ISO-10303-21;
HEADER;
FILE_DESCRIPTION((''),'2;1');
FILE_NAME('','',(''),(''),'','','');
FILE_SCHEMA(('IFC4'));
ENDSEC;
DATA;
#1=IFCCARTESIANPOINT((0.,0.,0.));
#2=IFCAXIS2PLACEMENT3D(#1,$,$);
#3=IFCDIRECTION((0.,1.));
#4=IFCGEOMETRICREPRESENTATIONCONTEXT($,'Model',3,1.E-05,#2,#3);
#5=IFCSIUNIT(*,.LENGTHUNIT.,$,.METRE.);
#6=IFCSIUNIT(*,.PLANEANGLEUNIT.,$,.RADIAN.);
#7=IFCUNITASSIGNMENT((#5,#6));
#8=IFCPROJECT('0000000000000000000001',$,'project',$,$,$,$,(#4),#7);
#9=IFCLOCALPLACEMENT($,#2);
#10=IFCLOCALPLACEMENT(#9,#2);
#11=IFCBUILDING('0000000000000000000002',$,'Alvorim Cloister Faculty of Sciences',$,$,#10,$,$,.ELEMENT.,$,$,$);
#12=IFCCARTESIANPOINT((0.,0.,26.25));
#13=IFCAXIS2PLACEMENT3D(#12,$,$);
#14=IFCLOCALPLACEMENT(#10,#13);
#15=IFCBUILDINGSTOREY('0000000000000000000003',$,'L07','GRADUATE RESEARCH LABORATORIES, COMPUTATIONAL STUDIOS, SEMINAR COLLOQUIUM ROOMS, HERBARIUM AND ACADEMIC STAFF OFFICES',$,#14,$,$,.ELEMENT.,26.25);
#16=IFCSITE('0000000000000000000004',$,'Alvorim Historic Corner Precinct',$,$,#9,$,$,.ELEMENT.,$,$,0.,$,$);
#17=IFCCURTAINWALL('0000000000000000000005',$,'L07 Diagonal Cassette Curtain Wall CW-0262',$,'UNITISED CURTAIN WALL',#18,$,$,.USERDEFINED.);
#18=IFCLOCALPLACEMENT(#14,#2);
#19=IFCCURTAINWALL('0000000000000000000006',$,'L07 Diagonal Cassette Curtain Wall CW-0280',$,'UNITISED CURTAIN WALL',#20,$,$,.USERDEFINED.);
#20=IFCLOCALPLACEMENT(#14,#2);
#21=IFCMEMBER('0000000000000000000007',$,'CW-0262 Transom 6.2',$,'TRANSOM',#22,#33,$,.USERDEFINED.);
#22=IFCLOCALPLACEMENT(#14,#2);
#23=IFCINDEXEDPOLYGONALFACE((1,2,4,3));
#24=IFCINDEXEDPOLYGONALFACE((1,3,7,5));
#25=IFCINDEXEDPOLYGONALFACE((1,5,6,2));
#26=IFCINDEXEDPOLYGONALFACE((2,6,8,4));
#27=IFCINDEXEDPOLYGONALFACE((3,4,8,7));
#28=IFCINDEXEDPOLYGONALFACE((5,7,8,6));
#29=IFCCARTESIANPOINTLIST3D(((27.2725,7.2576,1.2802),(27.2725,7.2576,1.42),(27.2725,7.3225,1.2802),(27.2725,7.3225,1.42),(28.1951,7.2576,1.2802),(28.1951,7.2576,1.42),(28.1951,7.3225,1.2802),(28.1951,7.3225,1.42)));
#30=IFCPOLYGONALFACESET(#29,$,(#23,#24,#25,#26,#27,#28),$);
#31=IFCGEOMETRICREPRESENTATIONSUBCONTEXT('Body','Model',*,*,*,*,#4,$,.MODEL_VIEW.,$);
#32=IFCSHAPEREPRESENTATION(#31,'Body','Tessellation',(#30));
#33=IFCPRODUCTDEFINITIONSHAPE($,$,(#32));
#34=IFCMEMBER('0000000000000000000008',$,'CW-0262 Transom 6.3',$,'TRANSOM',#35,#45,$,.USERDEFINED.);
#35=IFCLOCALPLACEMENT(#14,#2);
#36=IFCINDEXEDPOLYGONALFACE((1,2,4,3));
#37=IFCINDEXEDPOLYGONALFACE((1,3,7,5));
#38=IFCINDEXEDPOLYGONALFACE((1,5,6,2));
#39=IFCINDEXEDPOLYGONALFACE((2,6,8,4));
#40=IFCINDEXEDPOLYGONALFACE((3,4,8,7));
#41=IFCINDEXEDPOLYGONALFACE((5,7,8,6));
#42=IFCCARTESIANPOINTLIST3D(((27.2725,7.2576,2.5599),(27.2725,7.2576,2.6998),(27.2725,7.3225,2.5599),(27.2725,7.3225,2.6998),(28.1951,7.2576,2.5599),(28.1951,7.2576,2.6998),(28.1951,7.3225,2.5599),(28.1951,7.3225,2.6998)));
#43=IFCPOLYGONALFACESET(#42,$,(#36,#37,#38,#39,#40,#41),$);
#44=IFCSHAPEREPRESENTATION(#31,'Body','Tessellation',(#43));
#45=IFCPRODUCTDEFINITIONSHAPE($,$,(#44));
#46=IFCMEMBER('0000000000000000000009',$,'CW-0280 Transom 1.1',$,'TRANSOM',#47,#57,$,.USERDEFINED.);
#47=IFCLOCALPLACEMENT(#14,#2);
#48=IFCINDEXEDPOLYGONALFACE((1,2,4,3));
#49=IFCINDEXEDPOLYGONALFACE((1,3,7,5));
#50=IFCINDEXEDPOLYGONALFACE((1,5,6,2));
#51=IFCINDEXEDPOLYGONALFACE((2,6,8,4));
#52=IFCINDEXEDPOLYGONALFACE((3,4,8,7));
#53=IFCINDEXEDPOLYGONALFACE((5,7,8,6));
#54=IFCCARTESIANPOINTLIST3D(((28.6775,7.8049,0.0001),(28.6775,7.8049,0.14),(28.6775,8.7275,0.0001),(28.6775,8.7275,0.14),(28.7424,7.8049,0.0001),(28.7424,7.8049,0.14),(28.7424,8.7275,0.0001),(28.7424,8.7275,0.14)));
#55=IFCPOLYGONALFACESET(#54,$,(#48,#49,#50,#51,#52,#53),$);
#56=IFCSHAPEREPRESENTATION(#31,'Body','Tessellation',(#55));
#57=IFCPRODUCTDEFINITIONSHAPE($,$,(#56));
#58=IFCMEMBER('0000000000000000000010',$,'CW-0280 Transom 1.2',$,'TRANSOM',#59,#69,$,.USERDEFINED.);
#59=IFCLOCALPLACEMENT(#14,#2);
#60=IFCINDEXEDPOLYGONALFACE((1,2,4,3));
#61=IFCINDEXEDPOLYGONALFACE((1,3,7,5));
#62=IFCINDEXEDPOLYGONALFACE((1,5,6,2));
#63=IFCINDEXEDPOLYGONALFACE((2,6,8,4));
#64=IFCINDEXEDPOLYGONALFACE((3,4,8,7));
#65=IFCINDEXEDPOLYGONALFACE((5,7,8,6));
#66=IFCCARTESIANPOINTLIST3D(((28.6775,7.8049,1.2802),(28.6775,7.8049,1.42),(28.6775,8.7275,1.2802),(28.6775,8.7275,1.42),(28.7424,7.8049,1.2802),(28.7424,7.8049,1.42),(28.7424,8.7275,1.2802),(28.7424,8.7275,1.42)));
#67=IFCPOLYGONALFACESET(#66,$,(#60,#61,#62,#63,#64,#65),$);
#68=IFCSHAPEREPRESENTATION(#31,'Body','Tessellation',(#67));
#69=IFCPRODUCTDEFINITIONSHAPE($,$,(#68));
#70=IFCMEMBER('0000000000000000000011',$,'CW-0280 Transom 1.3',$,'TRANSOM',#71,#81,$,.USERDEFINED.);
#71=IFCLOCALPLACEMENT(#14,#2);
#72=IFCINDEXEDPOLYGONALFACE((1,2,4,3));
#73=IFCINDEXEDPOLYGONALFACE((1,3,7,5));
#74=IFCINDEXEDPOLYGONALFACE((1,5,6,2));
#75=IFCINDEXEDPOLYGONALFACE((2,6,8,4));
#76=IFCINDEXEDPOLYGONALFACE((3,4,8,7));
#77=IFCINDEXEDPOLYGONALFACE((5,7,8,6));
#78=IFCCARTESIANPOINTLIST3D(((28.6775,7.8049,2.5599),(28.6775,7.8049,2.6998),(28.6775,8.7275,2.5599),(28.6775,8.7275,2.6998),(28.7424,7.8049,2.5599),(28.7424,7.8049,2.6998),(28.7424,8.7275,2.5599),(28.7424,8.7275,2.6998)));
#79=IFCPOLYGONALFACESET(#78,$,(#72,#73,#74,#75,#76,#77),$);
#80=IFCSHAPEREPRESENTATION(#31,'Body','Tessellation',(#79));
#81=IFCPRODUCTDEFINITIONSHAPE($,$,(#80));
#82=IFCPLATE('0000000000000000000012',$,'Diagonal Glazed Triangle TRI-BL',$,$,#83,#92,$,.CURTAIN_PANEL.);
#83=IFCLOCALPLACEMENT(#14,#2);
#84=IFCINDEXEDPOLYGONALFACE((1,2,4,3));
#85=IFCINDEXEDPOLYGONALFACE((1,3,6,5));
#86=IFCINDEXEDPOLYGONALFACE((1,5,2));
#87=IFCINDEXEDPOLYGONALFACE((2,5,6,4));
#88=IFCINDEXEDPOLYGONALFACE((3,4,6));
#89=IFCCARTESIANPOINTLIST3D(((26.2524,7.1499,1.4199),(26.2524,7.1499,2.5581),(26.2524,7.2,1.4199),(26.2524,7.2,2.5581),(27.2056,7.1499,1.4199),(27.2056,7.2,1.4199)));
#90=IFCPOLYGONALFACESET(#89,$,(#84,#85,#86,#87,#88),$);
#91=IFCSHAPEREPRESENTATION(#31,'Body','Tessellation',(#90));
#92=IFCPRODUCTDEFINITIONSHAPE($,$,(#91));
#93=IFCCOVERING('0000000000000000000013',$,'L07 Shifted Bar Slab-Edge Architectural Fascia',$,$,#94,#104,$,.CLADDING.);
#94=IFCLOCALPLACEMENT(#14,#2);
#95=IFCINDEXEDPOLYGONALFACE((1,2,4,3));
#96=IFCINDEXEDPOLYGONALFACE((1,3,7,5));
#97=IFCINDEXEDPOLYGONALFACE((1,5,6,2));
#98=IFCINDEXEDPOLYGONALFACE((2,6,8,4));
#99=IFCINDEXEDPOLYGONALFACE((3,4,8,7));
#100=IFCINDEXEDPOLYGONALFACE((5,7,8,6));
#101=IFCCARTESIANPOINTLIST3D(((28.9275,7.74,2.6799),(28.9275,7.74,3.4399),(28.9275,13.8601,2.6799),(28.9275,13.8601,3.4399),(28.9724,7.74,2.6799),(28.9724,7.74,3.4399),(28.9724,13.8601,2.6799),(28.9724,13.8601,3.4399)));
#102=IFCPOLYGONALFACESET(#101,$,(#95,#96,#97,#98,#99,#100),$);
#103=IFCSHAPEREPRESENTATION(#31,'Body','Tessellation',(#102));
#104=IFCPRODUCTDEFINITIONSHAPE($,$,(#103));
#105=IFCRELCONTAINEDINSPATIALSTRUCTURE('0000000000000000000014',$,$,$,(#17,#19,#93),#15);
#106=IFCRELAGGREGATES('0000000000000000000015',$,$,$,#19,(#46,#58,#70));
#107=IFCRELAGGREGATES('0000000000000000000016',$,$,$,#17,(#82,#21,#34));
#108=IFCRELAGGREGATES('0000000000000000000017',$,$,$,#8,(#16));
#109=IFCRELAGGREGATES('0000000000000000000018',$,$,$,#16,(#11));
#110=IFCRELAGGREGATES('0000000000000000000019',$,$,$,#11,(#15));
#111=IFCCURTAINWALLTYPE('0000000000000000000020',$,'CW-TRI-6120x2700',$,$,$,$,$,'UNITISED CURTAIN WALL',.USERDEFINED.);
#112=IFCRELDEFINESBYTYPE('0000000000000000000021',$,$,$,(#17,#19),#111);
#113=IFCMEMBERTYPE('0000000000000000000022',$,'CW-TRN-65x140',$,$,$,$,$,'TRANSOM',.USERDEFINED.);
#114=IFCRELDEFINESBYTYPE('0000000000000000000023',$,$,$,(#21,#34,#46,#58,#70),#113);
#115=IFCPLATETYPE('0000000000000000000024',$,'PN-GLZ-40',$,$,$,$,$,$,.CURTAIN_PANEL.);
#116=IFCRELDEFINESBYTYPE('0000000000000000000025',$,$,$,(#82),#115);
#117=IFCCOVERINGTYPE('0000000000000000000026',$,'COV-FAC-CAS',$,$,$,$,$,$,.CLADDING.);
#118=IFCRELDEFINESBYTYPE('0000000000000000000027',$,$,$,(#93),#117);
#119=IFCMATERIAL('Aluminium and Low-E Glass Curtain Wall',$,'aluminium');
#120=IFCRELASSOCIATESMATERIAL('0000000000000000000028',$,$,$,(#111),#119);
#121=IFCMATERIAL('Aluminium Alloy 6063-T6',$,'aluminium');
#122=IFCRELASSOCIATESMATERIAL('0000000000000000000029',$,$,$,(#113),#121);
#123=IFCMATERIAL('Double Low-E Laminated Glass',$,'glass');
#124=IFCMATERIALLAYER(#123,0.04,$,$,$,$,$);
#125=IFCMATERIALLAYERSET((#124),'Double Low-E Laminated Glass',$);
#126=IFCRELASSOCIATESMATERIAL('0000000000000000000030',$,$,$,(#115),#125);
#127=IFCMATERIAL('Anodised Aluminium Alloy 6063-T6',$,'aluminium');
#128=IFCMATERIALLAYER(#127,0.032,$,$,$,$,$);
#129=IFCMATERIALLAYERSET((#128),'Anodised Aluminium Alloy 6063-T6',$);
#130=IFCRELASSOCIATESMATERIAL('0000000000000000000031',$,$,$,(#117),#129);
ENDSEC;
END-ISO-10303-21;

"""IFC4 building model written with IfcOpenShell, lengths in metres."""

from ifc_helpers import new_model, si_unit, direction, frame, origin, origin_2d, place, context, subcontext, project, spatial, polyline, rectangle, outline, extrude, material, layer, layer_set, material_profile, profile_set, type_object, element, aggregate, save


model = new_model("IFC4")

# Units and contexts
model_context = context("Model", 3, precision=1e-05, world=origin(), true_north=direction((0.0, 1.0)))
body_context = subcontext(model_context, "Body", "Model", "MODEL_VIEW")
ifc_project = project(units=[si_unit("LENGTHUNIT", "METRE"), si_unit("PLANEANGLEUNIT", "RADIAN")], contexts=[model_context])

# Site, building, storey
site_placement = place(None, origin())
site = spatial("IfcSite", under=ifc_project, at=site_placement, Name="Alvorim Historic Corner Precinct", CompositionType="ELEMENT", RefElevation=0.0)
building_placement = place(site_placement, origin())
building = spatial("IfcBuilding", under=site, at=building_placement, Name="Alvorim Cloister Faculty of Sciences", CompositionType="ELEMENT")
storey_placement = place(building_placement, frame((0.0, 0.0, 26.25)))
storey = spatial("IfcBuildingStorey", under=building, at=storey_placement, Name="L07", Description="GRADUATE RESEARCH LABORATORIES, COMPUTATIONAL STUDIOS, SEMINAR COLLOQUIUM ROOMS, HERBARIUM AND ACADEMIC STAFF OFFICES", CompositionType="ELEMENT", Elevation=26.25)

# Curtain wall
ifc_material_1 = material(Name="Aluminium and Low-E Glass Curtain Wall", Category="aluminium")
curtain_wall_type = type_object("IfcCurtainWallType", Name="CW-TRI-6120x2700", ElementType="UNITISED CURTAIN WALL", PredefinedType="USERDEFINED", material=ifc_material_1)
curtain_wall_1_placement = place(storey_placement, origin())
curtain_wall_1 = element("IfcCurtainWall", 1, at=curtain_wall_1_placement, inside=storey, type_object=curtain_wall_type, Name="L07 Diagonal Cassette Curtain Wall CW-0262", ObjectType="UNITISED CURTAIN WALL", PredefinedType="USERDEFINED")
ifc_material_2 = material(Name="Aluminium Alloy 6063-T6", Category="aluminium")

# Curtain wall
curtain_wall_2_placement = place(storey_placement, origin())
curtain_wall_2 = element("IfcCurtainWall", 2, at=curtain_wall_2_placement, inside=storey, type_object=curtain_wall_type, Name="L07 Diagonal Cassette Curtain Wall CW-0280", ObjectType="UNITISED CURTAIN WALL", PredefinedType="USERDEFINED")

# Members
ifc_material_profile_1 = material_profile(ifc_material_2, rectangle(XDim=0.0649, YDim=0.1399, at=origin_2d()), Name="ALU-TRN-65x140")
ifc_profile_set_1 = profile_set([ifc_material_profile_1], Name="Aluminium Alloy 6063-T6")
member_type_1 = type_object("IfcMemberType", Name="CW-TRN-65x140", ElementType="TRANSOM", PredefinedType="USERDEFINED", material=ifc_profile_set_1)
member_1_placement = place(storey_placement, frame((27.2725, 7.29, 1.3501), z_axis=(1.0, 0.0, 0.0), x_axis=(0.0, 1.0, 0.0)))
member_1 = element("IfcMember", 3, at=member_1_placement, type_object=member_type_1, Name="CW-0262 Transom 6.2", ObjectType="TRANSOM", PredefinedType="USERDEFINED", context=body_context, shape_type="SweptSolid", body=[
    extrude(rectangle(XDim=0.0649, YDim=0.1399, at=origin_2d()), origin(), (0.0, 0.0, 1.0), 0.9226),
])
member_2_placement = place(storey_placement, frame((27.2725, 7.29, 2.6299), z_axis=(1.0, 0.0, 0.0), x_axis=(0.0, 1.0, 0.0)))
member_2 = element("IfcMember", 4, at=member_2_placement, type_object=member_type_1, Name="CW-0262 Transom 6.3", ObjectType="TRANSOM", PredefinedType="USERDEFINED", context=body_context, shape_type="SweptSolid", body=[
    extrude(rectangle(XDim=0.0649, YDim=0.1399, at=origin_2d()), origin(), (0.0, 0.0, 1.0), 0.9226),
])
member_3_placement = place(storey_placement, frame((28.71, 7.8049, 0.0701), z_axis=(0.0, 1.0, 0.0), x_axis=(-1.0, 0.0, 0.0)))
member_3 = element("IfcMember", 5, at=member_3_placement, type_object=member_type_1, Name="CW-0280 Transom 1.1", ObjectType="TRANSOM", PredefinedType="USERDEFINED", context=body_context, shape_type="SweptSolid", body=[
    extrude(rectangle(XDim=0.0649, YDim=0.1399, at=origin_2d()), origin(), (0.0, 0.0, 1.0), 0.9226),
])
member_4_placement = place(storey_placement, frame((28.71, 7.8049, 1.3501), z_axis=(0.0, 1.0, 0.0), x_axis=(-1.0, 0.0, 0.0)))
member_4 = element("IfcMember", 6, at=member_4_placement, type_object=member_type_1, Name="CW-0280 Transom 1.2", ObjectType="TRANSOM", PredefinedType="USERDEFINED", context=body_context, shape_type="SweptSolid", body=[
    extrude(rectangle(XDim=0.0649, YDim=0.1399, at=origin_2d()), origin(), (0.0, 0.0, 1.0), 0.9226),
])
member_5_placement = place(storey_placement, frame((28.71, 7.8049, 2.6299), z_axis=(0.0, 1.0, 0.0), x_axis=(-1.0, 0.0, 0.0)))
member_5 = element("IfcMember", 7, at=member_5_placement, type_object=member_type_1, Name="CW-0280 Transom 1.3", ObjectType="TRANSOM", PredefinedType="USERDEFINED", context=body_context, shape_type="SweptSolid", body=[
    extrude(rectangle(XDim=0.0649, YDim=0.1399, at=origin_2d()), origin(), (0.0, 0.0, 1.0), 0.9226),
])
aggregate(curtain_wall_2, [member_3, member_4, member_5])

# Plate
ifc_material_3 = material(Name="Double Low-E Laminated Glass", Category="glass")
ifc_layer_1 = layer(ifc_material_3, 0.04)
ifc_layer_set_1 = layer_set([ifc_layer_1], Name="Double Low-E Laminated Glass")
plate_type = type_object("IfcPlateType", Name="PN-GLZ-40", PredefinedType="CURTAIN_PANEL", material=ifc_layer_set_1)
plate_1_placement = place(storey_placement, frame((26.2524, 7.175, 1.4199), z_axis=(0.0, 0.0, 1.0), x_axis=(1.0, 0.0, 0.0)))
plate_1 = element("IfcPlate", 8, at=plate_1_placement, type_object=plate_type, Name="Diagonal Glazed Triangle TRI-BL", PredefinedType="CURTAIN_PANEL", context=body_context, shape_type="SweptSolid", body=[
    extrude(outline(polyline([(0.0, 0.0), (0.9531, 0.0), (0.0, 1.1382), (0.0, 0.0)])), frame((0.0, 0.0249, 0.0), z_axis=(0.0, -1.0, 0.0), x_axis=(1.0, 0.0, 0.0)), (0.0, 0.0, 1.0), 0.05),
])
aggregate(curtain_wall_1, [plate_1, member_1, member_2])

# Covering
ifc_material_4 = material(Name="Anodised Aluminium Alloy 6063-T6", Category="aluminium")
ifc_layer_2 = layer(ifc_material_4, 0.032)
ifc_layer_set_2 = layer_set([ifc_layer_2], Name="Anodised Aluminium Alloy 6063-T6")
covering_type = type_object("IfcCoveringType", Name="COV-FAC-CAS", PredefinedType="CLADDING", material=ifc_layer_set_2)
covering_placement = place(storey_placement, frame((28.95, 7.74, 2.6799), z_axis=(0.0, 0.0, 1.0), x_axis=(0.0, 1.0, 0.0)))
element("IfcCovering", 9, at=covering_placement, inside=storey, type_object=covering_type, Name="L07 Shifted Bar Slab-Edge Architectural Fascia", PredefinedType="CLADDING", context=body_context, shape_type="SweptSolid", body=[
    extrude(outline(polyline([(0.0, 0.0), (6.1201, 0.0), (6.1201, 0.76), (0.0, 0.76), (0.0, 0.0)])), frame((0.0, 0.0225, 0.0), z_axis=(0.0, -1.0, 0.0), x_axis=(1.0, 0.0, 0.0)), (0.0, 0.0, 1.0), 0.0449),
])

save(model, "model.ifc")
